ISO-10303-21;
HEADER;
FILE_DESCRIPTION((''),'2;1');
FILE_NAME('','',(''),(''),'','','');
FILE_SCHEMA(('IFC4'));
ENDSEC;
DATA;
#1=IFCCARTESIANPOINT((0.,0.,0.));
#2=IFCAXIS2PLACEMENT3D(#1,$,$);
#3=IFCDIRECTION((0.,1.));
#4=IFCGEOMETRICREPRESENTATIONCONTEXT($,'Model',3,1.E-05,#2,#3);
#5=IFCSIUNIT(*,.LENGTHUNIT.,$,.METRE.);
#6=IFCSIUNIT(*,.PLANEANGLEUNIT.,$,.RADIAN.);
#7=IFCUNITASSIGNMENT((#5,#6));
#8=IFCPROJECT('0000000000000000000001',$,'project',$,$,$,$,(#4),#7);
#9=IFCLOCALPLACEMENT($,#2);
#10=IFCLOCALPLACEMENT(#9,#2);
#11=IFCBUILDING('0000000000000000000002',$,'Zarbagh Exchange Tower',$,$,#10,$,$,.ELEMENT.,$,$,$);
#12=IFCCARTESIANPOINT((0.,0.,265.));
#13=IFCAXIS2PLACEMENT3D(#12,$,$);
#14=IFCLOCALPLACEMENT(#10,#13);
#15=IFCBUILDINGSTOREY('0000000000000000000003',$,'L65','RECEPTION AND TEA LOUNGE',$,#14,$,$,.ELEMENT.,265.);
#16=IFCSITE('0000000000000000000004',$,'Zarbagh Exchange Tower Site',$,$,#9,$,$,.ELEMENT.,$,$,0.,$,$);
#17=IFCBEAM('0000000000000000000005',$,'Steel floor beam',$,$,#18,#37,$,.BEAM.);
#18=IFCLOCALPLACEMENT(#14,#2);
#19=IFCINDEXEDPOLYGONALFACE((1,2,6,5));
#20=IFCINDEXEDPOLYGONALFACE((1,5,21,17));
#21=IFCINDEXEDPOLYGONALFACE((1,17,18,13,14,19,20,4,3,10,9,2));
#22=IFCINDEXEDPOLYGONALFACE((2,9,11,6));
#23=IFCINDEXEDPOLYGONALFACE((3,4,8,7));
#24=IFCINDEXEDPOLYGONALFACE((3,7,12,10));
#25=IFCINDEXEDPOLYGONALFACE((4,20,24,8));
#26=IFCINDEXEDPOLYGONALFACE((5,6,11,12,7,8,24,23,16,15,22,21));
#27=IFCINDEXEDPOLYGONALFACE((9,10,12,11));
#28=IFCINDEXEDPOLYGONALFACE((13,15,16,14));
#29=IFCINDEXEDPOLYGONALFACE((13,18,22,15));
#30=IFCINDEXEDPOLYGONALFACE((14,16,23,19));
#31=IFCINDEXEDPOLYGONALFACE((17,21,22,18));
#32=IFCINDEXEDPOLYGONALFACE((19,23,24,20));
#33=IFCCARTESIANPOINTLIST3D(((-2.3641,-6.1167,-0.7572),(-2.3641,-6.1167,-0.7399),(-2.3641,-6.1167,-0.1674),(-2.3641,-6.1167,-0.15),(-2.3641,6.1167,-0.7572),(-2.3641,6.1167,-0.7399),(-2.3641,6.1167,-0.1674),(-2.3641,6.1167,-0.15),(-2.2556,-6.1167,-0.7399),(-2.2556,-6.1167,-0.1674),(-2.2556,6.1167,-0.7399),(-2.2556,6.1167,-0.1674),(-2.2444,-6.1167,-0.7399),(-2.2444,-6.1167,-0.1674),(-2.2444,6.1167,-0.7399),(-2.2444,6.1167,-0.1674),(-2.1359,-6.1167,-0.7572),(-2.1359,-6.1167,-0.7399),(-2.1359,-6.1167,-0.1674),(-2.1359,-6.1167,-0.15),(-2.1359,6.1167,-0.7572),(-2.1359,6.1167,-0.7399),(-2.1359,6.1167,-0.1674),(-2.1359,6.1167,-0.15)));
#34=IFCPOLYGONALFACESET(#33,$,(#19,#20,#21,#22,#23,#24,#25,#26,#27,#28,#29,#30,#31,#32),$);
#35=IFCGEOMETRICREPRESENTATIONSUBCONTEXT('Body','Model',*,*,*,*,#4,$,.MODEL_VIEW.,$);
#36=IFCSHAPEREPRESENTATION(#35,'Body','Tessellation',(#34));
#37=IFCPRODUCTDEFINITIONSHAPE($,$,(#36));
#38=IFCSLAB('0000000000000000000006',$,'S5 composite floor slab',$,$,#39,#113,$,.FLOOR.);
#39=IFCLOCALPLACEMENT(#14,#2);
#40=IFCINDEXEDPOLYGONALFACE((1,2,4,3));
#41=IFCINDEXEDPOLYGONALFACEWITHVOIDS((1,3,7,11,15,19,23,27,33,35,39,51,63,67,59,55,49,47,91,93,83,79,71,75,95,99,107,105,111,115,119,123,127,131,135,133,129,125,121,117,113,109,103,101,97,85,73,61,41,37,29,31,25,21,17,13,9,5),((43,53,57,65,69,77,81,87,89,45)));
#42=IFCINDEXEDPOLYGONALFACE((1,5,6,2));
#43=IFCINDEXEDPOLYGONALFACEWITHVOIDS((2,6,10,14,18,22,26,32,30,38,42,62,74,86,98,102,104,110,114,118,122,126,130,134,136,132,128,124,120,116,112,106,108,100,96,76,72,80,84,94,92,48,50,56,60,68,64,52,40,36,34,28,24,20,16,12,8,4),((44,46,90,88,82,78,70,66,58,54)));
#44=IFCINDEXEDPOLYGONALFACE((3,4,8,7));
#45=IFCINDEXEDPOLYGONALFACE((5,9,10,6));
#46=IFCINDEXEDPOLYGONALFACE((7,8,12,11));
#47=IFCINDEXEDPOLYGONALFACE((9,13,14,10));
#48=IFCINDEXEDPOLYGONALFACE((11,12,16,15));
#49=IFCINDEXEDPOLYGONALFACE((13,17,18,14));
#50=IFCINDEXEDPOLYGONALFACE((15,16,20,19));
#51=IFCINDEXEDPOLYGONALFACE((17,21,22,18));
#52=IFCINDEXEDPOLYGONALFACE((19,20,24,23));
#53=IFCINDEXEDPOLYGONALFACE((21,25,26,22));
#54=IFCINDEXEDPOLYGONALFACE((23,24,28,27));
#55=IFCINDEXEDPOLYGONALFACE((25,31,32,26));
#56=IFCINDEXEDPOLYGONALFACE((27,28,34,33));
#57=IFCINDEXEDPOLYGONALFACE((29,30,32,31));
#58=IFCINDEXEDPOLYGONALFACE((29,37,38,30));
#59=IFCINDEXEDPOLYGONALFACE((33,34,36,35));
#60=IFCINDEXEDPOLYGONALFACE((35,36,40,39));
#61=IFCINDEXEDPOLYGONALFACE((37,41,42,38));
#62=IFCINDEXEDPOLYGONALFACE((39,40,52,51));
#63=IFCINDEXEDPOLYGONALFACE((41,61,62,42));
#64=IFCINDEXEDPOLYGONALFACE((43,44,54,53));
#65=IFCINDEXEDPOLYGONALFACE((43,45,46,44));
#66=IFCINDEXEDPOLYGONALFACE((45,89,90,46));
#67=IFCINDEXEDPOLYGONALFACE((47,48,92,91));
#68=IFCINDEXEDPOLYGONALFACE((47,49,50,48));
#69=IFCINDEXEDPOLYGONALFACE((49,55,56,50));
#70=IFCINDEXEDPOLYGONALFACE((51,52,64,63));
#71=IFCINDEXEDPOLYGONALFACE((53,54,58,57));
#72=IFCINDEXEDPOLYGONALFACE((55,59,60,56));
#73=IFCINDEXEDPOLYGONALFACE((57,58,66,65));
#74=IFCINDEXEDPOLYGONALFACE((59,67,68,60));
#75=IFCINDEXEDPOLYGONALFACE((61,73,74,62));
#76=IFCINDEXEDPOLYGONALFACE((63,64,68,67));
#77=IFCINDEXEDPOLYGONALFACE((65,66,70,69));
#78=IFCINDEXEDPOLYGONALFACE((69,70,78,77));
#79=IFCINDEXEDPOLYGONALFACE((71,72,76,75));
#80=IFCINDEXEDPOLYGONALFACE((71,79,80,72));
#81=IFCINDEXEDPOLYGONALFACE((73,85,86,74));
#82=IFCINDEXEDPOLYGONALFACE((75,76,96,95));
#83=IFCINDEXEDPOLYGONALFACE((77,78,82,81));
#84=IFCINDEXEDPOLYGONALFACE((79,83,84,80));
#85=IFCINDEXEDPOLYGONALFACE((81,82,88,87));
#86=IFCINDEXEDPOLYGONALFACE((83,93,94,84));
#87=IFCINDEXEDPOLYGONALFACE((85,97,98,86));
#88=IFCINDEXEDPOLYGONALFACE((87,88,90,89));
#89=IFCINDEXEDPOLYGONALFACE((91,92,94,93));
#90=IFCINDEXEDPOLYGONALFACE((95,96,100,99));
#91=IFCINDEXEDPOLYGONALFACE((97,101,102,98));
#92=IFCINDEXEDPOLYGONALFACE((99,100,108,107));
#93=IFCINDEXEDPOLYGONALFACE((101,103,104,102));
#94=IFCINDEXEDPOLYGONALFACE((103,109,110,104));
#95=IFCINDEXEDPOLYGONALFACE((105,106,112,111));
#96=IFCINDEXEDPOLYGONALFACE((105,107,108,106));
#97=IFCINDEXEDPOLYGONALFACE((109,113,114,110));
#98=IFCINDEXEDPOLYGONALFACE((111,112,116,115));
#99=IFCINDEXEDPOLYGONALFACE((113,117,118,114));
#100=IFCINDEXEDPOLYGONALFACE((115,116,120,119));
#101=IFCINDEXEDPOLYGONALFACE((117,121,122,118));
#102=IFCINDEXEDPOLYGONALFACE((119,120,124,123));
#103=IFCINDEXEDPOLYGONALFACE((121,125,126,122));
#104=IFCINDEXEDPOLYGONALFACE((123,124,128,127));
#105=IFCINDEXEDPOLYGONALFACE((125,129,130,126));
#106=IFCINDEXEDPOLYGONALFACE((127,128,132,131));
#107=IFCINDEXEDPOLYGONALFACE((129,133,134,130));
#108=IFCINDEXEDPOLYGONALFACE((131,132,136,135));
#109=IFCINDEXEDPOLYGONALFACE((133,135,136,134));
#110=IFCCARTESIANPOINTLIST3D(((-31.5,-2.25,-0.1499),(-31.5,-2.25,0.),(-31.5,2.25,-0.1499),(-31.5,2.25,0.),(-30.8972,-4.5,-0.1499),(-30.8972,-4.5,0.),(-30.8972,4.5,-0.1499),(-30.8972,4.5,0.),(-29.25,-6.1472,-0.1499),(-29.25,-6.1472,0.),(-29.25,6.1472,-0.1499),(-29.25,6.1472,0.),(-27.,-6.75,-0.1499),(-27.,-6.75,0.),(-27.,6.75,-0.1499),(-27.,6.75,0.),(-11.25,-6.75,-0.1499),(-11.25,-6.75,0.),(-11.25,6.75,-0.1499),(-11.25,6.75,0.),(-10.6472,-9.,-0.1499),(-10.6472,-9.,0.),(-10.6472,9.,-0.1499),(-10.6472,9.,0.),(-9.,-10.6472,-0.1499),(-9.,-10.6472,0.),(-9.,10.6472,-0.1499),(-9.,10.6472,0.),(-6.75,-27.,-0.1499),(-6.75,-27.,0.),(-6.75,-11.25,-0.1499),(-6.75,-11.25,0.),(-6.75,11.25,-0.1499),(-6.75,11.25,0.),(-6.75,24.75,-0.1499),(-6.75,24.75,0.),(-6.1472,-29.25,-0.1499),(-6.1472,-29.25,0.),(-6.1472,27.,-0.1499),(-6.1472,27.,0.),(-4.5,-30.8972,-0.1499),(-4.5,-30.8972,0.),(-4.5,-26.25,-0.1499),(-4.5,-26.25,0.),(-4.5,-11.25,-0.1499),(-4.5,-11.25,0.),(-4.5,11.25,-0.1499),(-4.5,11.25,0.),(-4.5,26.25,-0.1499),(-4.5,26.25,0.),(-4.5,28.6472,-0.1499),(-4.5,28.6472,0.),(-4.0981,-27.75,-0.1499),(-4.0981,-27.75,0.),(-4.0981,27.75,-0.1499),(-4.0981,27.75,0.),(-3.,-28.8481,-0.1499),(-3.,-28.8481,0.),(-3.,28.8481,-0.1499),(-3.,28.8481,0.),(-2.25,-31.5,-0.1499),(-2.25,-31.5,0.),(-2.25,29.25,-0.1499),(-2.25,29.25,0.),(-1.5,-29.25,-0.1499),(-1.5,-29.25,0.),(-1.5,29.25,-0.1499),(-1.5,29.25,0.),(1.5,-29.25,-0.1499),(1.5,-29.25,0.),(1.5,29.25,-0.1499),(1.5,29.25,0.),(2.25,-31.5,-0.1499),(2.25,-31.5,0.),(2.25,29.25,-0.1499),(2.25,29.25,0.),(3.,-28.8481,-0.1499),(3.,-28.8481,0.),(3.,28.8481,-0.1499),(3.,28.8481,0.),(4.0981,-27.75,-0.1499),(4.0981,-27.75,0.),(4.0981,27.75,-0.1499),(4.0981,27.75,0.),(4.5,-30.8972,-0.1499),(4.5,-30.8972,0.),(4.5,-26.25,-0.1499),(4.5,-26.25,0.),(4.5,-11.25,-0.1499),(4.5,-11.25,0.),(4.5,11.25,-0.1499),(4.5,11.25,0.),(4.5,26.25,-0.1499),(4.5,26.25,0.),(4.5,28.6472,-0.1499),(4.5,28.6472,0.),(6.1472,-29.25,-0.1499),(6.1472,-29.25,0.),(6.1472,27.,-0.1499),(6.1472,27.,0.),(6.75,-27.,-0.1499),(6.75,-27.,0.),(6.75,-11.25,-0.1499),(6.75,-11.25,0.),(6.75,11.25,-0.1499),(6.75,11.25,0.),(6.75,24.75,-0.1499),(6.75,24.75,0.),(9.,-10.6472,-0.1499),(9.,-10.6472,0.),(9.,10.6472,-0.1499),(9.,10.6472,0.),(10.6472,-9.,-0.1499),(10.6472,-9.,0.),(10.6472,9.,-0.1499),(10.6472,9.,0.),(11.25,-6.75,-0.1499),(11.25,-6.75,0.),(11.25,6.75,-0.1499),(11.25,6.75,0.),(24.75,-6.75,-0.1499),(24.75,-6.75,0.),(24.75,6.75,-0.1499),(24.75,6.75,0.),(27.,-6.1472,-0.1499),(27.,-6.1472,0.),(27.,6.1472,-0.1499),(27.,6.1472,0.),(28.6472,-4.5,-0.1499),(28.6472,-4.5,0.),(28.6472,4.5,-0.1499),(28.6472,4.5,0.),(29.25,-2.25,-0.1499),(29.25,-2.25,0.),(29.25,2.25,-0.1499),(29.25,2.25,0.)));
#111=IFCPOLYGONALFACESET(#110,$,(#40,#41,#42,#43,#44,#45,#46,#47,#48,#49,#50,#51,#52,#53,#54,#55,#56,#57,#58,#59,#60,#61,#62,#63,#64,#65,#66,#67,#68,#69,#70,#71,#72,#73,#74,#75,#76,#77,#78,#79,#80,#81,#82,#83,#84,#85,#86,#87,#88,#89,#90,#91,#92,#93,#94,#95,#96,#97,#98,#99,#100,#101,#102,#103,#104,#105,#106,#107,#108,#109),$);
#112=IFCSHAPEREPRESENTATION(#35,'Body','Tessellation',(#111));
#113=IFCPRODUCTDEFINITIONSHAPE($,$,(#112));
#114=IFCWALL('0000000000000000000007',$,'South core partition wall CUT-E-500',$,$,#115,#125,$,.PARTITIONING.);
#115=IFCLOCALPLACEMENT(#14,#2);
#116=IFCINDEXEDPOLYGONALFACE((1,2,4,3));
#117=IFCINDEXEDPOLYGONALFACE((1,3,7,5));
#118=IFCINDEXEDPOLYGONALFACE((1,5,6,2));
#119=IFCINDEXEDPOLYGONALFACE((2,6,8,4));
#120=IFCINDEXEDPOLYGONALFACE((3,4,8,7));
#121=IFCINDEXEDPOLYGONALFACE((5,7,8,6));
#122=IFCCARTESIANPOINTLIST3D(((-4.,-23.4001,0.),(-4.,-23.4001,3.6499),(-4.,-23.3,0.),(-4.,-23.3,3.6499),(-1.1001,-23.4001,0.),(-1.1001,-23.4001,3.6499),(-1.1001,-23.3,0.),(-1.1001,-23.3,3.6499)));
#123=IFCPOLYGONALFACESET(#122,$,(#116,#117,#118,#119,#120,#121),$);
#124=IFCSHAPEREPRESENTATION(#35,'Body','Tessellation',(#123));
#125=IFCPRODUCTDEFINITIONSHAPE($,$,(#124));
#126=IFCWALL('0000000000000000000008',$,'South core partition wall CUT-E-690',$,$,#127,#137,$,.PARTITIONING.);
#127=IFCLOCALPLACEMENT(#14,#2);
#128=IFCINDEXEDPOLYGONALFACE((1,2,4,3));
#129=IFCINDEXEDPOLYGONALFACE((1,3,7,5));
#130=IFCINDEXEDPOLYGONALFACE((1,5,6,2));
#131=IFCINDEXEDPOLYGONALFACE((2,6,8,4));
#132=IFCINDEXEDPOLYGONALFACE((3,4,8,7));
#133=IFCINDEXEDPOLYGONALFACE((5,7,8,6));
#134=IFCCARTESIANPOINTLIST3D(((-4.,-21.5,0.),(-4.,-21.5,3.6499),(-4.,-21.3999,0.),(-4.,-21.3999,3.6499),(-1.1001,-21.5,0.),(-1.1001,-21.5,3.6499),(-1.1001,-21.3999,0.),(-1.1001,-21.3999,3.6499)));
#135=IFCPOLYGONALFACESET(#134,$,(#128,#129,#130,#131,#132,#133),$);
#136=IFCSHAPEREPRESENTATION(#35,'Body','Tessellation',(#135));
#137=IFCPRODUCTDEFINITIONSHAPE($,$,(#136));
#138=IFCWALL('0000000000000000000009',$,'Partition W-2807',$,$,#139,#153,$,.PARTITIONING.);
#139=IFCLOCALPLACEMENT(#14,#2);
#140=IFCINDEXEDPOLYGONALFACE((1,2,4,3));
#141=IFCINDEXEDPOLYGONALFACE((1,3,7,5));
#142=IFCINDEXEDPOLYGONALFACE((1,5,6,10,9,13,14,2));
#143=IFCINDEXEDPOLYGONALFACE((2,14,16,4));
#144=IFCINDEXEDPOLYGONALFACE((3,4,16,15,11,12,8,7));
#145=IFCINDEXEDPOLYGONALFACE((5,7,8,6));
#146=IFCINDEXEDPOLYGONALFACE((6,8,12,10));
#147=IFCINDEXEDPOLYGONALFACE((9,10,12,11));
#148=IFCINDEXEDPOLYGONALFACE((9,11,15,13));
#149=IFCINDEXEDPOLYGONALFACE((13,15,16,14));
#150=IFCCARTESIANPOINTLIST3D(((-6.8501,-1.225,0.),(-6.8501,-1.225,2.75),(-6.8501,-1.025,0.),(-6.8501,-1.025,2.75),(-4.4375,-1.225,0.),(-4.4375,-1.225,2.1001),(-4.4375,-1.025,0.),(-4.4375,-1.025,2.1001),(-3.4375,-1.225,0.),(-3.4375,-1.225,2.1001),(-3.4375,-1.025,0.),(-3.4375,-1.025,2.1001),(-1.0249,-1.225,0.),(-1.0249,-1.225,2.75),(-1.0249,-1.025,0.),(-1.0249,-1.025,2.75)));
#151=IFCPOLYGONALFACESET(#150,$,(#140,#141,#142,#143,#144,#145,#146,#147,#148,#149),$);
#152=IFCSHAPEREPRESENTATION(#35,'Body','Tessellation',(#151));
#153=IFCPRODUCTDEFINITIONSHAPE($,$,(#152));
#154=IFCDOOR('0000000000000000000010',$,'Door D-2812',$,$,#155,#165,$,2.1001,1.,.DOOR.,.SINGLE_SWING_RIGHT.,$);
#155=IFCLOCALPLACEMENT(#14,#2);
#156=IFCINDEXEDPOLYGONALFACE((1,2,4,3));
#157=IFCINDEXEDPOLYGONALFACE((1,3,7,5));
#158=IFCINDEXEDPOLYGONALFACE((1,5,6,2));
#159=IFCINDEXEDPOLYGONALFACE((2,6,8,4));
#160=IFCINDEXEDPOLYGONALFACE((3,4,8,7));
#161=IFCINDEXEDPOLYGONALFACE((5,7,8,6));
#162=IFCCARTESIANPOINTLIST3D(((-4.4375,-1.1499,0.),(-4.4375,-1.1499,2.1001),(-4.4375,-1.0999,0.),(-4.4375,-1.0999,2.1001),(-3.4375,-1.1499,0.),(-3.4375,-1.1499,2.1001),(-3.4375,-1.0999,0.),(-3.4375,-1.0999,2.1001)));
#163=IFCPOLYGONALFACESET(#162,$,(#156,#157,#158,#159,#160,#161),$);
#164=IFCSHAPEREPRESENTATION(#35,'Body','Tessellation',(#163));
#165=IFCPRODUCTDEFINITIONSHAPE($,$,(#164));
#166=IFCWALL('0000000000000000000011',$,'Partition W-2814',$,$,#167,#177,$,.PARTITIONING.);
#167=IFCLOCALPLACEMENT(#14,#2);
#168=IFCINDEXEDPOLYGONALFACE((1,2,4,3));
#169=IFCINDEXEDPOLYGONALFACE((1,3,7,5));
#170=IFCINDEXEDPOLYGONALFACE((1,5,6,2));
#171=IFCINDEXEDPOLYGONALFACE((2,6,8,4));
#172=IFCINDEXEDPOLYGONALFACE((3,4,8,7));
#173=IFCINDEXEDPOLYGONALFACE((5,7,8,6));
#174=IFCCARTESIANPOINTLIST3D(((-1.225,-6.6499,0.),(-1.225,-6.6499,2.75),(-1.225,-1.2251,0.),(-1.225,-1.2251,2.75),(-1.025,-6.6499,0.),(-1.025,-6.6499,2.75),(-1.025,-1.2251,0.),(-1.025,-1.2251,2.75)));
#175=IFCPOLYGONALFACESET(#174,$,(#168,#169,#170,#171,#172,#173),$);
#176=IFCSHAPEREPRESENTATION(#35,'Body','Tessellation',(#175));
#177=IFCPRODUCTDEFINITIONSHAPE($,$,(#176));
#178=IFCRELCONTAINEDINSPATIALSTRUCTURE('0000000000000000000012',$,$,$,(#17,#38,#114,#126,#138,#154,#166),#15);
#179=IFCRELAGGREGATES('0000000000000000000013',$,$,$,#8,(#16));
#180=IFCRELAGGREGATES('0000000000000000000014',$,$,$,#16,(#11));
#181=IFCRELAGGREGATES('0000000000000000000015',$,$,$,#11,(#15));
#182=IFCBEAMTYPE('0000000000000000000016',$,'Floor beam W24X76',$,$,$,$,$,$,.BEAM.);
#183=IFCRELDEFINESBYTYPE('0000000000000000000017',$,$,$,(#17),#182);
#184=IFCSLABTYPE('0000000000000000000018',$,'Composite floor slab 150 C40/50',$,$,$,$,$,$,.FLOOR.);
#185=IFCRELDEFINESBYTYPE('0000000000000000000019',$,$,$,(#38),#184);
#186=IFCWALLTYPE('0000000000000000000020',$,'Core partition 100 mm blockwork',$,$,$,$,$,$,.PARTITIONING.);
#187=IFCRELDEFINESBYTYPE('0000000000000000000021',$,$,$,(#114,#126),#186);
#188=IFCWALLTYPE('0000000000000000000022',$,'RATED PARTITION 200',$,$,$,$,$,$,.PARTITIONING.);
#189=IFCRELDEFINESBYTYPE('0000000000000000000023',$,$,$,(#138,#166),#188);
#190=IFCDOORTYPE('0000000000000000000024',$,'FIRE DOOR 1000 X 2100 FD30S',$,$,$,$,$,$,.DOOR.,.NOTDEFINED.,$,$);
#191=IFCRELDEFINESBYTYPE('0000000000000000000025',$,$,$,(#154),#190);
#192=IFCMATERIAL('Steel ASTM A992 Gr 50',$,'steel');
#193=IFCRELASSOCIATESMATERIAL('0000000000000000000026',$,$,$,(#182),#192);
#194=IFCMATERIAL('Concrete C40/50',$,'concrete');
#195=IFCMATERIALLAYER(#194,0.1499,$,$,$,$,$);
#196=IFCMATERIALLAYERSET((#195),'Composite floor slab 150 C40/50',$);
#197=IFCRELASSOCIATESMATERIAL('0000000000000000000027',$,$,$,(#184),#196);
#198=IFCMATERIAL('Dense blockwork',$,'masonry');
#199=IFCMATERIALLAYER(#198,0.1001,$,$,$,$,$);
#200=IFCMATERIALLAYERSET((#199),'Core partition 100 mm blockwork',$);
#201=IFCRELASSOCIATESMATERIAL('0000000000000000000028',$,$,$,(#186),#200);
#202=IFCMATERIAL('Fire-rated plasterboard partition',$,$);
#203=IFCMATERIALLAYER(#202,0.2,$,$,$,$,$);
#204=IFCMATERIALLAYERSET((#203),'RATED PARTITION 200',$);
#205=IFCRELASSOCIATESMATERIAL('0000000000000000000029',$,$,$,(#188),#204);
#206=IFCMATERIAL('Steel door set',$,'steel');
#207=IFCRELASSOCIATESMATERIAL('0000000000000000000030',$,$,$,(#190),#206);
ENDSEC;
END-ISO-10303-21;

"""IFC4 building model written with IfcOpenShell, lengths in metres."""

from ifc_helpers import new_model, si_unit, direction, frame, frame_2d, origin, origin_2d, place, context, subcontext, project, spatial, polyline, rectangle, i_section, outline, extrude, material, layer, layer_set, material_profile, profile_set, type_object, element, fill, save


model = new_model("IFC4")

# Units and contexts
model_context = context("Model", 3, precision=1e-05, world=origin(), true_north=direction((0.0, 1.0)))
body_context = subcontext(model_context, "Body", "Model", "MODEL_VIEW")
ifc_project = project(units=[si_unit("LENGTHUNIT", "METRE"), si_unit("PLANEANGLEUNIT", "RADIAN")], contexts=[model_context])

# Site, building, storey
site_placement = place(None, origin())
site = spatial("IfcSite", under=ifc_project, at=site_placement, Name="Zarbagh Exchange Tower Site", CompositionType="ELEMENT", RefElevation=0.0)
building_placement = place(site_placement, origin())
building = spatial("IfcBuilding", under=site, at=building_placement, Name="Zarbagh Exchange Tower", CompositionType="ELEMENT")
storey_placement = place(building_placement, frame((0.0, 0.0, 265.0)))
storey = spatial("IfcBuildingStorey", under=building, at=storey_placement, Name="L65", Description="RECEPTION AND TEA LOUNGE", CompositionType="ELEMENT", Elevation=265.0)

# Beam
ifc_material_1 = material(Name="Steel ASTM A992 Gr 50", Category="steel")
ifc_material_profile = material_profile(ifc_material_1, i_section(OverallWidth=0.2283, OverallDepth=0.6072, WebThickness=0.0112, FlangeThickness=0.0173, at=origin_2d()), Name="W24X76")
ifc_profile_set = profile_set([ifc_material_profile], Name="Steel ASTM A992 Gr 50")
beam_type = type_object("IfcBeamType", Name="Floor beam W24X76", PredefinedType="BEAM", material=ifc_profile_set)
beam_placement = place(storey_placement, frame((-2.25, -6.1167, -0.4536), z_axis=(0.0, 1.0, 0.0), x_axis=(-1.0, 0.0, 0.0)))
element("IfcBeam", 1, at=beam_placement, inside=storey, type_object=beam_type, Name="Steel floor beam", PredefinedType="BEAM", context=body_context, shape_type="SweptSolid", body=[
    extrude(i_section(OverallWidth=0.2283, OverallDepth=0.6072, WebThickness=0.0112, FlangeThickness=0.0173, at=origin_2d()), origin(), (0.0, 0.0, 1.0), 12.2334),
])

# Slab
ifc_material_2 = material(Name="Concrete C40/50", Category="concrete")
ifc_layer_1 = layer(ifc_material_2, 0.1499)
ifc_layer_set_1 = layer_set([ifc_layer_1], Name="Composite floor slab 150 C40/50")
slab_type = type_object("IfcSlabType", Name="Composite floor slab 150 C40/50", PredefinedType="FLOOR", material=ifc_layer_set_1)
slab_placement = place(storey_placement, frame((0.0, 0.0, -0.1499)))
element("IfcSlab", 2, at=slab_placement, inside=storey, type_object=slab_type, Name="S5 composite floor slab", PredefinedType="FLOOR", context=body_context, shape_type="SweptSolid", body=[
    extrude(outline(polyline([(-2.25, -31.5), (-4.5, -30.8972), (-6.1472, -29.25), (-6.75, -27.0), (-6.75, -11.25), (-9.0, -10.6472), (-10.6472, -9.0), (-11.25, -6.75), (-27.0, -6.75), (-29.25, -6.1472), (-30.8972, -4.5), (-31.5, -2.25), (-31.5, 2.25), (-30.8972, 4.5), (-29.25, 6.1472), (-27.0, 6.75), (-11.25, 6.75), (-10.6472, 9.0), (-9.0, 10.6472), (-6.75, 11.25), (-6.75, 24.75), (-6.1472, 27.0), (-4.5, 28.6472), (-2.25, 29.25), (-1.5, 29.25), (-3.0, 28.8481), (-4.0981, 27.75), (-4.5, 26.25), (-4.5, 11.25), (4.5, 11.25), (4.5, 26.25), (4.0981, 27.75), (3.0, 28.8481), (1.5, 29.25), (2.25, 29.25), (4.5, 28.6472), (6.1472, 27.0), (6.75, 24.75), (6.75, 11.25), (9.0, 10.6472), (10.6472, 9.0), (11.25, 6.75), (24.75, 6.75), (27.0, 6.1472), (28.6472, 4.5), (29.25, 2.25), (29.25, -2.25), (28.6472, -4.5), (27.0, -6.1472), (24.75, -6.75), (11.25, -6.75), (10.6472, -9.0), (9.0, -10.6472), (6.75, -11.25), (6.75, -27.0), (6.1472, -29.25), (4.5, -30.8972), (2.25, -31.5), (-2.25, -31.5)]), holes=[polyline([(-1.5, -29.25), (1.5, -29.25), (3.0, -28.8481), (4.0981, -27.75), (4.5, -26.25), (4.5, -11.25), (-4.5, -11.25), (-4.5, -26.25), (-4.0981, -27.75), (-3.0, -28.8481), (-1.5, -29.25)])]), origin(), (0.0, 0.0, 1.0), 0.1499),
])

# Walls
ifc_material_3 = material(Name="Dense blockwork", Category="masonry")
ifc_layer_2 = layer(ifc_material_3, 0.1001)
ifc_layer_set_2 = layer_set([ifc_layer_2], Name="Core partition 100 mm blockwork")
wall_type_1 = type_object("IfcWallType", Name="Core partition 100 mm blockwork", PredefinedType="PARTITIONING", material=ifc_layer_set_2)
for number, where, z_axis, x_axis, name in (
    (3, (-1.1001, -23.3501, 0.0), (0.0, 0.0, 1.0), (-1.0, 0.0, 0.0), "South core partition wall CUT-E-500"),
    (4, (-1.1001, -21.45, 0.0), (0.0, 0.0, 1.0), (-1.0, 0.0, 0.0), "South core partition wall CUT-E-690"),
):
    element("IfcWall", number, at=place(storey_placement, frame(where, z_axis=z_axis, x_axis=x_axis)), inside=storey, type_object=wall_type_1, Name=name, PredefinedType="PARTITIONING", context=body_context, shape_type="SweptSolid", body=[
        extrude(rectangle(XDim=2.8999, YDim=0.1001, at=frame_2d((1.45, 0.0))), origin(), (0.0, 0.0, 1.0), 3.6499),
    ])

# Wall, opening, door
ifc_material_4 = material(Name="Fire-rated plasterboard partition")
ifc_layer_3 = layer(ifc_material_4, 0.2)
ifc_layer_set_3 = layer_set([ifc_layer_3], Name="RATED PARTITION 200")
wall_type_2 = type_object("IfcWallType", Name="RATED PARTITION 200", PredefinedType="PARTITIONING", material=ifc_layer_set_3)
wall_1_placement = place(storey_placement, frame((-1.0249, -1.125, 0.0), z_axis=(0.0, 0.0, 1.0), x_axis=(-1.0, 0.0, 0.0)))
wall_1 = element("IfcWall", 5, at=wall_1_placement, inside=storey, type_object=wall_type_2, Name="Partition W-2807", PredefinedType="PARTITIONING", context=body_context, shape_type="SweptSolid", body=[
    extrude(rectangle(XDim=5.8252, YDim=0.2, at=frame_2d((2.9126, 0.0))), origin(), (0.0, 0.0, 1.0), 2.75),
])
opening_1_placement = place(wall_1_placement, frame((2.4126, 0.0, 0.0)))
opening_1 = element("IfcOpeningElement", 6, at=opening_1_placement, cuts=wall_1, PredefinedType="OPENING", context=body_context, shape_type="SweptSolid", body=[
    extrude(rectangle(XDim=1.0, YDim=2.1001, at=frame_2d((0.5, 1.05))), frame((0.0, 0.1099, 0.0), z_axis=(0.0, -1.0, 0.0), x_axis=(1.0, 0.0, 0.0)), (0.0, 0.0, 1.0), 0.22),
])
ifc_material_5 = material(Name="Steel door set", Category="steel")
door_type_1 = type_object("IfcDoorType", Name="FIRE DOOR 1000 X 2100 FD30S", OperationType="NOTDEFINED", PredefinedType="DOOR", material=ifc_material_5)
door_1_placement = place(opening_1_placement, origin())
door_1 = element("IfcDoor", 7, at=door_1_placement, inside=storey, type_object=door_type_1, Name="Door D-2812", OperationType="SINGLE_SWING_RIGHT", OverallHeight=2.1001, OverallWidth=1.0, PredefinedType="DOOR", context=body_context, shape_type="SweptSolid", body=[
    extrude(rectangle(XDim=1.0, YDim=2.1001, at=frame_2d((0.5, 1.05))), frame((0.0, 0.0249, 0.0), z_axis=(0.0, -1.0, 0.0), x_axis=(1.0, 0.0, 0.0)), (0.0, 0.0, 1.0), 0.05),
])
fill(opening_1, door_1)

# Wall
wall_2_placement = place(storey_placement, frame((-1.125, -6.6499, 0.0), z_axis=(0.0, 0.0, 1.0), x_axis=(0.0, 1.0, 0.0)))
element("IfcWall", 8, at=wall_2_placement, inside=storey, type_object=wall_type_2, Name="Partition W-2814", PredefinedType="PARTITIONING", context=body_context, shape_type="SweptSolid", body=[
    extrude(rectangle(XDim=5.4248, YDim=0.2, at=frame_2d((2.7124, 0.0))), origin(), (0.0, 0.0, 1.0), 2.75),
])

save(model, "model.ifc")
